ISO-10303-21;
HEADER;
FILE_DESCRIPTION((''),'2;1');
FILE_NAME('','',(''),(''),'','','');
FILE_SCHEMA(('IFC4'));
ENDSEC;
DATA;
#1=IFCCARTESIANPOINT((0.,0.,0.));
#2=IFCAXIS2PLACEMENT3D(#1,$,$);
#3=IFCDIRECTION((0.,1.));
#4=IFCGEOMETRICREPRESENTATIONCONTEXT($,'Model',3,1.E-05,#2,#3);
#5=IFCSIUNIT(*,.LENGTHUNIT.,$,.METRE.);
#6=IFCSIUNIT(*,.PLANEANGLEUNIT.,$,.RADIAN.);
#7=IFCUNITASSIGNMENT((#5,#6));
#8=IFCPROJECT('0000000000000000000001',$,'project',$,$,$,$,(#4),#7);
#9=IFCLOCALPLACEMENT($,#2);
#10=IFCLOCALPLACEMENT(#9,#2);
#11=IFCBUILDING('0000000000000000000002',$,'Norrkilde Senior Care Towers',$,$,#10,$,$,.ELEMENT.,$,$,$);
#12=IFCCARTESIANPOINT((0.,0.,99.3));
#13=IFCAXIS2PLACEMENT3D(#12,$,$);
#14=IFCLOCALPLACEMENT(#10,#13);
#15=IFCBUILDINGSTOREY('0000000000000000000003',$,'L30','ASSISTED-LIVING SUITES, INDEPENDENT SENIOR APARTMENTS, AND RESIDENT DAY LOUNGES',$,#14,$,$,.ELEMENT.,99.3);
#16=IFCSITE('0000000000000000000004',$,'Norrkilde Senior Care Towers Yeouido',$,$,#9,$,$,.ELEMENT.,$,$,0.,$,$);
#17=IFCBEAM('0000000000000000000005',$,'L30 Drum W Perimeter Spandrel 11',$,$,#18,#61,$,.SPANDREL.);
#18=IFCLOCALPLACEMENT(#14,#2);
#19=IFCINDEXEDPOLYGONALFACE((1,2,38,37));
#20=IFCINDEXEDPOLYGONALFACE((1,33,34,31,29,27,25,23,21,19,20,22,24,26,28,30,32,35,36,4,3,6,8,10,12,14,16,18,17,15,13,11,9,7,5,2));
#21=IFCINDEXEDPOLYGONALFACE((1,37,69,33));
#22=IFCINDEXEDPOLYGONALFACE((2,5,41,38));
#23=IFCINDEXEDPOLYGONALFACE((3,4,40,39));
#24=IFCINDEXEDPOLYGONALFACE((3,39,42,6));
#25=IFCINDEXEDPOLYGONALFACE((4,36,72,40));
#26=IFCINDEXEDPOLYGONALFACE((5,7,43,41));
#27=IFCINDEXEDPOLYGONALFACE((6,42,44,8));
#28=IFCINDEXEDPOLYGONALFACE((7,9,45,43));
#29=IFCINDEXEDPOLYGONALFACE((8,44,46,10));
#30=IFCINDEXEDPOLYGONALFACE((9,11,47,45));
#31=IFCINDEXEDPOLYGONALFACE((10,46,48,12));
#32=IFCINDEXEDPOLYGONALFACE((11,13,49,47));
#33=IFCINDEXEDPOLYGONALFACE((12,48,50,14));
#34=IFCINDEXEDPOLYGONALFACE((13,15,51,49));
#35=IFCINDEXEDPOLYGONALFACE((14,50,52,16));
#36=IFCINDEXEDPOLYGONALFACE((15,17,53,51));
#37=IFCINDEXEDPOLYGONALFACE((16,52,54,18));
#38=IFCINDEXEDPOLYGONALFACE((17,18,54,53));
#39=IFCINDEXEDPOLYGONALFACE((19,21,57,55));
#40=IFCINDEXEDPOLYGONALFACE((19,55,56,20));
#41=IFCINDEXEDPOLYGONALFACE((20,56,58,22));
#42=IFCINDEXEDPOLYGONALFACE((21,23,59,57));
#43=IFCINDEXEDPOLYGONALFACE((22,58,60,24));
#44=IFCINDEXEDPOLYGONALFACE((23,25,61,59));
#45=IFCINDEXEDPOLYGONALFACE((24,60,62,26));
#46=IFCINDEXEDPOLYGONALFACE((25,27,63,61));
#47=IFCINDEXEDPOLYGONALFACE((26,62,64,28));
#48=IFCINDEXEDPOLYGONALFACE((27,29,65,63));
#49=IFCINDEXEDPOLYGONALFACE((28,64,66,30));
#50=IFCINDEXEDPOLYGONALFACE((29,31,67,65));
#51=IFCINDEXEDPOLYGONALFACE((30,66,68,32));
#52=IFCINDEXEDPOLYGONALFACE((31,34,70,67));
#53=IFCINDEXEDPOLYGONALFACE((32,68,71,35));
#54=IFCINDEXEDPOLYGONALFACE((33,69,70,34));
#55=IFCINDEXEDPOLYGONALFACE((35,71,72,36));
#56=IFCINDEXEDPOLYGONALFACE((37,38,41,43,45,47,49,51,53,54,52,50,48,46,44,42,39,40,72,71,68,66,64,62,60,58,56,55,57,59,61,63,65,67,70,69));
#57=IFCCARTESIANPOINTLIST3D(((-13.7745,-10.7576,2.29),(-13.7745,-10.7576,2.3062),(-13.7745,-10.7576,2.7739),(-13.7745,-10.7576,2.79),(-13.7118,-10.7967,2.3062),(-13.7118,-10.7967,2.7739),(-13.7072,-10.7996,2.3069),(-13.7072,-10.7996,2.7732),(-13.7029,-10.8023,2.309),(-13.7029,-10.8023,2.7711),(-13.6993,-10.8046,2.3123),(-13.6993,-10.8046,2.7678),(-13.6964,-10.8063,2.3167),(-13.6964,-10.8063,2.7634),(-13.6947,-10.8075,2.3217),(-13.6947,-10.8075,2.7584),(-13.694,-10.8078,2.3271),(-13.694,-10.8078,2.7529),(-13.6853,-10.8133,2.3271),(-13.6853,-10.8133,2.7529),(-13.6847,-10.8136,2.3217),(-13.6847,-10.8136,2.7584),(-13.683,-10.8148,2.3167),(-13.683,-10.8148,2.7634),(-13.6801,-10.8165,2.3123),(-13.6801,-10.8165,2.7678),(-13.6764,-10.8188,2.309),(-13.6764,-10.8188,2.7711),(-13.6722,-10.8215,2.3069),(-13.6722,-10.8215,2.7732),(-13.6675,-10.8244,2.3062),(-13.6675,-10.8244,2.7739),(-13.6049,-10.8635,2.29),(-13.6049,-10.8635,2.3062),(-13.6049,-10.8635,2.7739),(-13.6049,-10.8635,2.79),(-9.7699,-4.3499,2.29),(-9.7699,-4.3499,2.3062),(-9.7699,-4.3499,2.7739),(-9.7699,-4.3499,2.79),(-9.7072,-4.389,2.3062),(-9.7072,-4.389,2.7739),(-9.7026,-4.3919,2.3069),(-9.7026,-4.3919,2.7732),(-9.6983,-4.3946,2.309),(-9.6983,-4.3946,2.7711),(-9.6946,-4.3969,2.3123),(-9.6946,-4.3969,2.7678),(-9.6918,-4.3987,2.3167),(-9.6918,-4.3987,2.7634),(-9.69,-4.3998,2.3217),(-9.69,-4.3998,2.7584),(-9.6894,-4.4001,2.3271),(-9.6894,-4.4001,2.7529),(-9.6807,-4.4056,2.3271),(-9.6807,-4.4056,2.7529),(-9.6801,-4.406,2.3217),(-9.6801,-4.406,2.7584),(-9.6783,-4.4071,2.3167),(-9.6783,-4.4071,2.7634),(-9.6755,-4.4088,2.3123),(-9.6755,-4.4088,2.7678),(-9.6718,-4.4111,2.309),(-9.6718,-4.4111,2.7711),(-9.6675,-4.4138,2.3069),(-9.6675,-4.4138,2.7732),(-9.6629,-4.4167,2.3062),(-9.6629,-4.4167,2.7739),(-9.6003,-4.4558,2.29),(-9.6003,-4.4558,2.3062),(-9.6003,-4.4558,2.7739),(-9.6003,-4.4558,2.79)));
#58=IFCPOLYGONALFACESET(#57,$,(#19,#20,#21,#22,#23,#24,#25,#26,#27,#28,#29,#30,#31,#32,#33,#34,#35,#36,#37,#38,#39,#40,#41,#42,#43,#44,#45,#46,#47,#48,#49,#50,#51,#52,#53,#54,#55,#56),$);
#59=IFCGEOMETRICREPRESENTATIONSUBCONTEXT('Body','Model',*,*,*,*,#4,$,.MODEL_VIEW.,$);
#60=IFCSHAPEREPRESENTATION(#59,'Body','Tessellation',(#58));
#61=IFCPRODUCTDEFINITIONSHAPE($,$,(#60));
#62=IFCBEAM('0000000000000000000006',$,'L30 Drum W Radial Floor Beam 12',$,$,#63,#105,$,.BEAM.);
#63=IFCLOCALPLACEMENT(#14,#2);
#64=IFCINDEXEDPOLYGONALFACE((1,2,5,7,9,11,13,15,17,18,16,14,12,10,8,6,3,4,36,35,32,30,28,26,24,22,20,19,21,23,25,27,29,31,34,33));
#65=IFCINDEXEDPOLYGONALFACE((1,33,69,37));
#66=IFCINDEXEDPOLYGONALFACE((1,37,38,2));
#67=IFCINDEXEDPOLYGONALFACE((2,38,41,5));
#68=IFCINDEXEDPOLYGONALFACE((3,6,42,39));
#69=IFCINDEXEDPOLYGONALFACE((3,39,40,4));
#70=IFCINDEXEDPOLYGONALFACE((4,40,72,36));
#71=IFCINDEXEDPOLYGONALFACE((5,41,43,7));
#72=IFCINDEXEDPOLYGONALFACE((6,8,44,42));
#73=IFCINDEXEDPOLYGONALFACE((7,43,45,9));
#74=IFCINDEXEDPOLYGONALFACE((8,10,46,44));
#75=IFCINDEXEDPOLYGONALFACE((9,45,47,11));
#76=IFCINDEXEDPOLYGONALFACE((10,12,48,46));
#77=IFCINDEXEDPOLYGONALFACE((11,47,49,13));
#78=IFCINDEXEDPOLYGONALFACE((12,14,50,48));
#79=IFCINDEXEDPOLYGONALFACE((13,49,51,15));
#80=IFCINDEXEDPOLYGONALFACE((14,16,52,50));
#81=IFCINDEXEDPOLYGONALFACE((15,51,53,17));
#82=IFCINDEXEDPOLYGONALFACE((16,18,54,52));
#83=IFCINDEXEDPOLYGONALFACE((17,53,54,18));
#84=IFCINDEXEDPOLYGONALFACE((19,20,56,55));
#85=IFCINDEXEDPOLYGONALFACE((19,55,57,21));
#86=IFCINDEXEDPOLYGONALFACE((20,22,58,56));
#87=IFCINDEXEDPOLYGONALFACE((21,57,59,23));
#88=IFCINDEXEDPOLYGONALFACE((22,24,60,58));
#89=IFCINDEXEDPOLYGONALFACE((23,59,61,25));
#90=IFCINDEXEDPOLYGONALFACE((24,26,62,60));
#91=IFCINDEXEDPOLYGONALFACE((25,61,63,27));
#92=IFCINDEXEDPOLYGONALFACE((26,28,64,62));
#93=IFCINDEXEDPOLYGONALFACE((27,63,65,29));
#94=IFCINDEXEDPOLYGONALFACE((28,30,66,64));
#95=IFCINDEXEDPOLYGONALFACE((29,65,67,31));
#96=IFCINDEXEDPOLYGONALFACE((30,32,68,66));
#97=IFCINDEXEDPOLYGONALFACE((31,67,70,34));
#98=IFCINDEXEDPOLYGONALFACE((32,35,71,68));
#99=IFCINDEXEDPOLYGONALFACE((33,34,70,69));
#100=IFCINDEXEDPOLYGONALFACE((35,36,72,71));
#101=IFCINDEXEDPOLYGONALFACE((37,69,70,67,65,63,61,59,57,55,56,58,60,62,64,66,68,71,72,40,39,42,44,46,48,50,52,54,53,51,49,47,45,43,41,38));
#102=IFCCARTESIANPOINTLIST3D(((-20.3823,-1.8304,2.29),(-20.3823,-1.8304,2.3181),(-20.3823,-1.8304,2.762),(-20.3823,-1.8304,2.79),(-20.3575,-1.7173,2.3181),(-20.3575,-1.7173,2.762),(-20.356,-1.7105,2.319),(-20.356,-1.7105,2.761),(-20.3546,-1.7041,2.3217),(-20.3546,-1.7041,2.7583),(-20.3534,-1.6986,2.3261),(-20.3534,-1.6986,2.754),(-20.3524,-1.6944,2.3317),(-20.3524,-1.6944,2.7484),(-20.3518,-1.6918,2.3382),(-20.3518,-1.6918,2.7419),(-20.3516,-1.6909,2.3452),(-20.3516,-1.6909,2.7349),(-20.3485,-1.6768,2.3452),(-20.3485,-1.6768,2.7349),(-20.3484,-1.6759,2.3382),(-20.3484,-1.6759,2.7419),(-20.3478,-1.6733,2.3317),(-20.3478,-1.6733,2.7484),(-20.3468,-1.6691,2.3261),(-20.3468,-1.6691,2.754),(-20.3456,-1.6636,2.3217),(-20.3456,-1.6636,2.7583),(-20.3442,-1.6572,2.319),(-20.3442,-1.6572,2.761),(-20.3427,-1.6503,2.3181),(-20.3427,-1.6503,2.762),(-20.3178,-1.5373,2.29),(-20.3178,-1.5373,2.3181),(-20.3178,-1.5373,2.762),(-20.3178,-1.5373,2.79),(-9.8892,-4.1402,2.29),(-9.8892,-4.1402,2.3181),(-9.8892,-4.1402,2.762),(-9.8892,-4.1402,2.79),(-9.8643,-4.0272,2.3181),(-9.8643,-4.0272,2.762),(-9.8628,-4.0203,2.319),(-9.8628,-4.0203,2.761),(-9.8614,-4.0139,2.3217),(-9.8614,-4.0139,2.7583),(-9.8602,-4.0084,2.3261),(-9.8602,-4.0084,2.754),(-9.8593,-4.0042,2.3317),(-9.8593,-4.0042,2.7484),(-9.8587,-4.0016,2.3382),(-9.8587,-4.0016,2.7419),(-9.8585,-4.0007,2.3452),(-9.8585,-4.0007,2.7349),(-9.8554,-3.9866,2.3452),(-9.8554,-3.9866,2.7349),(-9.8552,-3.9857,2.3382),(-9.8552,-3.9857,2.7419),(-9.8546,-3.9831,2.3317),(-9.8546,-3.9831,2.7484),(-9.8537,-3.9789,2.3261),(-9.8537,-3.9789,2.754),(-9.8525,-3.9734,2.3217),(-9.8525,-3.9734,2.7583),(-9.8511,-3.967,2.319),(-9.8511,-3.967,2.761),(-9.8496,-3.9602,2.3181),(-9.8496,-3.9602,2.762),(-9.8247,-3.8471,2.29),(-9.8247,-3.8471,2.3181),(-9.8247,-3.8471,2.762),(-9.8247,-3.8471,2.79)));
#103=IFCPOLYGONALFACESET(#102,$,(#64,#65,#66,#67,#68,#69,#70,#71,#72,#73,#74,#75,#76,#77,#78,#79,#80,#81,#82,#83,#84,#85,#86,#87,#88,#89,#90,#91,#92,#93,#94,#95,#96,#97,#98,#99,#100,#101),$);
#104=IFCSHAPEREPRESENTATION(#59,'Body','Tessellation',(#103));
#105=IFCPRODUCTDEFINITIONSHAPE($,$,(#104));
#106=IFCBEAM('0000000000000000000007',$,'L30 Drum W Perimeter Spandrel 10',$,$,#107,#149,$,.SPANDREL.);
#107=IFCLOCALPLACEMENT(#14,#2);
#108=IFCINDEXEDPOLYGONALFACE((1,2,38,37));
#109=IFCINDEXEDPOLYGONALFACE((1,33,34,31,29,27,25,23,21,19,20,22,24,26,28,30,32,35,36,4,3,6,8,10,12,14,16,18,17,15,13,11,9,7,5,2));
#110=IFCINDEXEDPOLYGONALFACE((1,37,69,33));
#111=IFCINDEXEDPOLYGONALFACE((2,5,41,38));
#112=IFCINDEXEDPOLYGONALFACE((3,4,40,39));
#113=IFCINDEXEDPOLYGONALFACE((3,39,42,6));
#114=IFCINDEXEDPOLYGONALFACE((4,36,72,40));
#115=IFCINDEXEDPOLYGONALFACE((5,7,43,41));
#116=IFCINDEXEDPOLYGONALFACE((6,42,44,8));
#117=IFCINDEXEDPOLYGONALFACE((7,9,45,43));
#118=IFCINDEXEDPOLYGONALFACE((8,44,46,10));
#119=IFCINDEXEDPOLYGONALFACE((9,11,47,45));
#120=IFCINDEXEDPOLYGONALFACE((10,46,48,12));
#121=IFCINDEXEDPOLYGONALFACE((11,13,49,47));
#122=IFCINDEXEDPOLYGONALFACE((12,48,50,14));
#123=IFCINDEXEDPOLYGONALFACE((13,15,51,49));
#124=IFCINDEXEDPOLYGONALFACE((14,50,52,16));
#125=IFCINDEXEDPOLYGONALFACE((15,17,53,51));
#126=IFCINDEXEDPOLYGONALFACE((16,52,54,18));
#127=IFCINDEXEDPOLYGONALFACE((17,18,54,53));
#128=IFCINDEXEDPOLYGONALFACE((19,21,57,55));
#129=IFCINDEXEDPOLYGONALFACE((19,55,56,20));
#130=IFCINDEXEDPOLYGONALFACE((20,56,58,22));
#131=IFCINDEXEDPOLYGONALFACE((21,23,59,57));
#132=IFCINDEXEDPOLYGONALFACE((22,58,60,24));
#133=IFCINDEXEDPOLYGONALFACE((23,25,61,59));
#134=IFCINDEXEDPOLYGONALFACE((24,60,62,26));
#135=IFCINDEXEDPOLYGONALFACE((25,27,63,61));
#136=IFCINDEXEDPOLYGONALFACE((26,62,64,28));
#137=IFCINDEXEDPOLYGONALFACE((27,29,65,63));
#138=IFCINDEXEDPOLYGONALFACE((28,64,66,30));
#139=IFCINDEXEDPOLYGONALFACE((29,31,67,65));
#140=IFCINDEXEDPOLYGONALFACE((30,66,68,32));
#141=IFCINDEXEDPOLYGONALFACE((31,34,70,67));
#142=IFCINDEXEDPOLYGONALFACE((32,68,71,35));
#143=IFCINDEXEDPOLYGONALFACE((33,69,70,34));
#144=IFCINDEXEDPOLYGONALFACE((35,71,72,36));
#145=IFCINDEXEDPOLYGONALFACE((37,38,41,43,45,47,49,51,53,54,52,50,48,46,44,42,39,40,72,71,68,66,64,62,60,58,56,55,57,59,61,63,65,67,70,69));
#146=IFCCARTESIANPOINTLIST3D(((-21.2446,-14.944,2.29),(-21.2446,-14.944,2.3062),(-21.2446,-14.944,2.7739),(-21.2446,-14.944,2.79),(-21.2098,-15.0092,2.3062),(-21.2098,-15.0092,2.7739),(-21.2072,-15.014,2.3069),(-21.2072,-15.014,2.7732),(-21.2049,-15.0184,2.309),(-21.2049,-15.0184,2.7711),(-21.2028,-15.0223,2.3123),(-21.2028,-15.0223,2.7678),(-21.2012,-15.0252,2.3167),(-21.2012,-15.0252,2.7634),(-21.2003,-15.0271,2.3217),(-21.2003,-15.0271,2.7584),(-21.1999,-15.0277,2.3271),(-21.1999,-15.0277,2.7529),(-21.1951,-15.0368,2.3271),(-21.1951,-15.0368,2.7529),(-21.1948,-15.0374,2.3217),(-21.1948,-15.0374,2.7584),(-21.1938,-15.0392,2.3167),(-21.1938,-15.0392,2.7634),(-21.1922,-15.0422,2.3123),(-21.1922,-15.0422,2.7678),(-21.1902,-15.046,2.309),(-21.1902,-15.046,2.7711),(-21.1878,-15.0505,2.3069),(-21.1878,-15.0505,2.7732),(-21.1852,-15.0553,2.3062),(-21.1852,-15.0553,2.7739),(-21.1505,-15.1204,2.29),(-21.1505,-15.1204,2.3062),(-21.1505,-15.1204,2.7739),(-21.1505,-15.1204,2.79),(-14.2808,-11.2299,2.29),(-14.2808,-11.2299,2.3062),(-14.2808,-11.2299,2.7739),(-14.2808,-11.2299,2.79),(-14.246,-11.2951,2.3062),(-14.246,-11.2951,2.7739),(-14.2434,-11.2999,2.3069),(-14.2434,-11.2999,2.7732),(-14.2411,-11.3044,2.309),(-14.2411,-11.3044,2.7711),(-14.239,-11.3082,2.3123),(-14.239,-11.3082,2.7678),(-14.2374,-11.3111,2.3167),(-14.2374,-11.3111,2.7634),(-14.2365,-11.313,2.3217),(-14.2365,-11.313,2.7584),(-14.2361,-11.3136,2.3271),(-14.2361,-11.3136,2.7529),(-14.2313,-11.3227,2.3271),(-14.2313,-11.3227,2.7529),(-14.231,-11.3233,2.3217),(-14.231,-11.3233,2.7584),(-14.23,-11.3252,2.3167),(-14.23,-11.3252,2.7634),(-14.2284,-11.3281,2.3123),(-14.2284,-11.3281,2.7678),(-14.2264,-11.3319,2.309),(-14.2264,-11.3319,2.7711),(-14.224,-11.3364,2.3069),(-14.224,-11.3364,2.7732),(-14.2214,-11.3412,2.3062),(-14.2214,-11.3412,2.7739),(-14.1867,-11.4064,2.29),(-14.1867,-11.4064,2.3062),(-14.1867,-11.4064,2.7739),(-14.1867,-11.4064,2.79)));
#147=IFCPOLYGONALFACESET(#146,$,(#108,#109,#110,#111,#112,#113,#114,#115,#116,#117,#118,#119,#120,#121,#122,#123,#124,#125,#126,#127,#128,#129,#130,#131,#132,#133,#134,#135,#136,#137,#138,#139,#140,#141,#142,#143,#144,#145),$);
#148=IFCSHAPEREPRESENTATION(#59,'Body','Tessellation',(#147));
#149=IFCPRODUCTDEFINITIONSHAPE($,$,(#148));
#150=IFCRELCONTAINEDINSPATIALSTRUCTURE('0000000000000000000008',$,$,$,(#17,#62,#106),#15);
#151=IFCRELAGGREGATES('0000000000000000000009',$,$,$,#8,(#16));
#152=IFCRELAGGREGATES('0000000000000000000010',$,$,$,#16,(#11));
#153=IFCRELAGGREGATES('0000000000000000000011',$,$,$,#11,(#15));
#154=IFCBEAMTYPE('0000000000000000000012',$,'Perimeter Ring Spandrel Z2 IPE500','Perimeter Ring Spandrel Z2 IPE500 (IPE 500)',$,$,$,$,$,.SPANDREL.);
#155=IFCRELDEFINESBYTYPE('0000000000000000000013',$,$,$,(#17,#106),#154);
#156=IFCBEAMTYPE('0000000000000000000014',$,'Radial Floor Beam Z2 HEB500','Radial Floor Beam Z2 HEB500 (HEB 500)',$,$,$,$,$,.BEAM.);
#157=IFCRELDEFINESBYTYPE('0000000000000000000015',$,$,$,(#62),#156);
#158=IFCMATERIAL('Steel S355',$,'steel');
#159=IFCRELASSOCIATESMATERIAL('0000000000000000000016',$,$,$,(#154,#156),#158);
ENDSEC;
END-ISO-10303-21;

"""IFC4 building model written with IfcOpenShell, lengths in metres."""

from ifc_helpers import new_model, si_unit, direction, frame, origin, origin_2d, place, context, subcontext, project, spatial, i_section, extrude, source, transform, mapped, material, material_profile, profile_set, type_object, type_shapes, element, save


model = new_model("IFC4")

# Units and contexts
model_context = context("Model", 3, precision=1e-05, world=origin(), true_north=direction((0.0, 1.0)))
body_context = subcontext(model_context, "Body", "Model", "MODEL_VIEW")
ifc_project = project(units=[si_unit("LENGTHUNIT", "METRE"), si_unit("PLANEANGLEUNIT", "RADIAN")], contexts=[model_context])

# Site, building, storey
site_placement = place(None, origin())
site = spatial("IfcSite", under=ifc_project, at=site_placement, Name="Norrkilde Senior Care Towers Yeouido", CompositionType="ELEMENT", RefElevation=0.0)
building_placement = place(site_placement, origin())
building = spatial("IfcBuilding", under=site, at=building_placement, Name="Norrkilde Senior Care Towers", CompositionType="ELEMENT")
storey_placement = place(building_placement, frame((0.0, 0.0, 99.3)))
storey = spatial("IfcBuildingStorey", under=building, at=storey_placement, Name="L30", Description="ASSISTED-LIVING SUITES, INDEPENDENT SENIOR APARTMENTS, AND RESIDENT DAY LOUNGES", CompositionType="ELEMENT", Elevation=99.3)

# Beams
ifc_material_1 = material(Name="Steel S355", Category="steel")
ifc_material_profile_1 = material_profile(ifc_material_1, i_section(OverallWidth=0.2, OverallDepth=0.5, WebThickness=0.0103, FlangeThickness=0.0161, FilletRadius=0.021, at=origin_2d()), Name="IPE 500")
ifc_profile_set_1 = profile_set([ifc_material_profile_1], Name="Steel S355")
beam_type_1 = type_object("IfcBeamType", Name="Perimeter Ring Spandrel Z2 IPE500", Description="Perimeter Ring Spandrel Z2 IPE500 (IPE 500)", PredefinedType="SPANDREL", material=ifc_profile_set_1)
shared_shape_1 = source(origin(), body_context, "Body", "SweptSolid", [
    extrude(i_section(OverallWidth=0.2, OverallDepth=0.5, WebThickness=0.0103, FlangeThickness=0.0161, FilletRadius=0.021, at=origin_2d()), origin(), (0.0, 0.0, 1.0), 7.5562),
])
beam_1_placement = place(storey_placement, frame((-13.6897, -10.8105, 2.54), z_axis=(0.529982, 0.848009, 0.0), x_axis=(-0.848009, 0.529982, 0.0)))
element("IfcBeam", 1, at=beam_1_placement, inside=storey, type_object=beam_type_1, Name="L30 Drum W Perimeter Spandrel 11", PredefinedType="SPANDREL", context=body_context, shape_type="MappedRepresentation", body=[
    mapped(shared_shape_1, transform((0.0, 0.0, 0.0), x_axis=(1.0, 0.0, 0.0), y_axis=(0.0, 1.0, 0.0), z_axis=(0.0, 0.0, 1.0), scale=1.0)),
])
ifc_material_profile_2 = material_profile(ifc_material_1, i_section(OverallWidth=0.3, OverallDepth=0.5, WebThickness=0.0144, FlangeThickness=0.0281, FilletRadius=0.0271, at=origin_2d()), Name="HEB 500")
ifc_profile_set_2 = profile_set([ifc_material_profile_2], Name="Steel S355")
beam_type_2 = type_object("IfcBeamType", Name="Radial Floor Beam Z2 HEB500", Description="Radial Floor Beam Z2 HEB500 (HEB 500)", PredefinedType="BEAM", material=ifc_profile_set_2)
shared_shape_2 = source(origin(), body_context, "Body", "SweptSolid", [
    extrude(i_section(OverallWidth=0.3, OverallDepth=0.5, WebThickness=0.0144, FlangeThickness=0.0281, FilletRadius=0.0271, at=origin_2d()), origin(), (0.0, 0.0, 1.0), 10.7444),
])
beam_2_placement = place(storey_placement, frame((-20.3501, -1.6838, 2.54), z_axis=(0.976619, -0.214979, 0.0), x_axis=(0.214979, 0.976619, 0.0)))
element("IfcBeam", 2, at=beam_2_placement, inside=storey, type_object=beam_type_2, Name="L30 Drum W Radial Floor Beam 12", PredefinedType="BEAM", context=body_context, shape_type="MappedRepresentation", body=[
    mapped(shared_shape_2, transform((0.0, 0.0, 0.0), x_axis=(1.0, 0.0, 0.0), y_axis=(0.0, 1.0, 0.0), z_axis=(0.0, 0.0, 1.0), scale=1.0)),
])
shared_shape_3 = source(origin(), body_context, "Body", "SweptSolid", [
    extrude(i_section(OverallWidth=0.2, OverallDepth=0.5, WebThickness=0.0103, FlangeThickness=0.0161, FilletRadius=0.021, at=origin_2d()), origin(), (0.0, 0.0, 1.0), 7.8923),
])
type_shapes(beam_type_1, [shared_shape_1, shared_shape_3])
beam_3_placement = place(storey_placement, frame((-21.1975, -15.0322, 2.54), z_axis=(0.88235, 0.470593, 0.0), x_axis=(-0.470593, 0.88235, 0.0)))
element("IfcBeam", 3, at=beam_3_placement, inside=storey, type_object=beam_type_1, Name="L30 Drum W Perimeter Spandrel 10", PredefinedType="SPANDREL", context=body_context, shape_type="MappedRepresentation", body=[
    mapped(shared_shape_3, transform((0.0, 0.0, 0.0), x_axis=(1.0, 0.0, 0.0), y_axis=(0.0, 1.0, 0.0), z_axis=(0.0, 0.0, 1.0), scale=1.0)),
])

save(model, "model.ifc")
